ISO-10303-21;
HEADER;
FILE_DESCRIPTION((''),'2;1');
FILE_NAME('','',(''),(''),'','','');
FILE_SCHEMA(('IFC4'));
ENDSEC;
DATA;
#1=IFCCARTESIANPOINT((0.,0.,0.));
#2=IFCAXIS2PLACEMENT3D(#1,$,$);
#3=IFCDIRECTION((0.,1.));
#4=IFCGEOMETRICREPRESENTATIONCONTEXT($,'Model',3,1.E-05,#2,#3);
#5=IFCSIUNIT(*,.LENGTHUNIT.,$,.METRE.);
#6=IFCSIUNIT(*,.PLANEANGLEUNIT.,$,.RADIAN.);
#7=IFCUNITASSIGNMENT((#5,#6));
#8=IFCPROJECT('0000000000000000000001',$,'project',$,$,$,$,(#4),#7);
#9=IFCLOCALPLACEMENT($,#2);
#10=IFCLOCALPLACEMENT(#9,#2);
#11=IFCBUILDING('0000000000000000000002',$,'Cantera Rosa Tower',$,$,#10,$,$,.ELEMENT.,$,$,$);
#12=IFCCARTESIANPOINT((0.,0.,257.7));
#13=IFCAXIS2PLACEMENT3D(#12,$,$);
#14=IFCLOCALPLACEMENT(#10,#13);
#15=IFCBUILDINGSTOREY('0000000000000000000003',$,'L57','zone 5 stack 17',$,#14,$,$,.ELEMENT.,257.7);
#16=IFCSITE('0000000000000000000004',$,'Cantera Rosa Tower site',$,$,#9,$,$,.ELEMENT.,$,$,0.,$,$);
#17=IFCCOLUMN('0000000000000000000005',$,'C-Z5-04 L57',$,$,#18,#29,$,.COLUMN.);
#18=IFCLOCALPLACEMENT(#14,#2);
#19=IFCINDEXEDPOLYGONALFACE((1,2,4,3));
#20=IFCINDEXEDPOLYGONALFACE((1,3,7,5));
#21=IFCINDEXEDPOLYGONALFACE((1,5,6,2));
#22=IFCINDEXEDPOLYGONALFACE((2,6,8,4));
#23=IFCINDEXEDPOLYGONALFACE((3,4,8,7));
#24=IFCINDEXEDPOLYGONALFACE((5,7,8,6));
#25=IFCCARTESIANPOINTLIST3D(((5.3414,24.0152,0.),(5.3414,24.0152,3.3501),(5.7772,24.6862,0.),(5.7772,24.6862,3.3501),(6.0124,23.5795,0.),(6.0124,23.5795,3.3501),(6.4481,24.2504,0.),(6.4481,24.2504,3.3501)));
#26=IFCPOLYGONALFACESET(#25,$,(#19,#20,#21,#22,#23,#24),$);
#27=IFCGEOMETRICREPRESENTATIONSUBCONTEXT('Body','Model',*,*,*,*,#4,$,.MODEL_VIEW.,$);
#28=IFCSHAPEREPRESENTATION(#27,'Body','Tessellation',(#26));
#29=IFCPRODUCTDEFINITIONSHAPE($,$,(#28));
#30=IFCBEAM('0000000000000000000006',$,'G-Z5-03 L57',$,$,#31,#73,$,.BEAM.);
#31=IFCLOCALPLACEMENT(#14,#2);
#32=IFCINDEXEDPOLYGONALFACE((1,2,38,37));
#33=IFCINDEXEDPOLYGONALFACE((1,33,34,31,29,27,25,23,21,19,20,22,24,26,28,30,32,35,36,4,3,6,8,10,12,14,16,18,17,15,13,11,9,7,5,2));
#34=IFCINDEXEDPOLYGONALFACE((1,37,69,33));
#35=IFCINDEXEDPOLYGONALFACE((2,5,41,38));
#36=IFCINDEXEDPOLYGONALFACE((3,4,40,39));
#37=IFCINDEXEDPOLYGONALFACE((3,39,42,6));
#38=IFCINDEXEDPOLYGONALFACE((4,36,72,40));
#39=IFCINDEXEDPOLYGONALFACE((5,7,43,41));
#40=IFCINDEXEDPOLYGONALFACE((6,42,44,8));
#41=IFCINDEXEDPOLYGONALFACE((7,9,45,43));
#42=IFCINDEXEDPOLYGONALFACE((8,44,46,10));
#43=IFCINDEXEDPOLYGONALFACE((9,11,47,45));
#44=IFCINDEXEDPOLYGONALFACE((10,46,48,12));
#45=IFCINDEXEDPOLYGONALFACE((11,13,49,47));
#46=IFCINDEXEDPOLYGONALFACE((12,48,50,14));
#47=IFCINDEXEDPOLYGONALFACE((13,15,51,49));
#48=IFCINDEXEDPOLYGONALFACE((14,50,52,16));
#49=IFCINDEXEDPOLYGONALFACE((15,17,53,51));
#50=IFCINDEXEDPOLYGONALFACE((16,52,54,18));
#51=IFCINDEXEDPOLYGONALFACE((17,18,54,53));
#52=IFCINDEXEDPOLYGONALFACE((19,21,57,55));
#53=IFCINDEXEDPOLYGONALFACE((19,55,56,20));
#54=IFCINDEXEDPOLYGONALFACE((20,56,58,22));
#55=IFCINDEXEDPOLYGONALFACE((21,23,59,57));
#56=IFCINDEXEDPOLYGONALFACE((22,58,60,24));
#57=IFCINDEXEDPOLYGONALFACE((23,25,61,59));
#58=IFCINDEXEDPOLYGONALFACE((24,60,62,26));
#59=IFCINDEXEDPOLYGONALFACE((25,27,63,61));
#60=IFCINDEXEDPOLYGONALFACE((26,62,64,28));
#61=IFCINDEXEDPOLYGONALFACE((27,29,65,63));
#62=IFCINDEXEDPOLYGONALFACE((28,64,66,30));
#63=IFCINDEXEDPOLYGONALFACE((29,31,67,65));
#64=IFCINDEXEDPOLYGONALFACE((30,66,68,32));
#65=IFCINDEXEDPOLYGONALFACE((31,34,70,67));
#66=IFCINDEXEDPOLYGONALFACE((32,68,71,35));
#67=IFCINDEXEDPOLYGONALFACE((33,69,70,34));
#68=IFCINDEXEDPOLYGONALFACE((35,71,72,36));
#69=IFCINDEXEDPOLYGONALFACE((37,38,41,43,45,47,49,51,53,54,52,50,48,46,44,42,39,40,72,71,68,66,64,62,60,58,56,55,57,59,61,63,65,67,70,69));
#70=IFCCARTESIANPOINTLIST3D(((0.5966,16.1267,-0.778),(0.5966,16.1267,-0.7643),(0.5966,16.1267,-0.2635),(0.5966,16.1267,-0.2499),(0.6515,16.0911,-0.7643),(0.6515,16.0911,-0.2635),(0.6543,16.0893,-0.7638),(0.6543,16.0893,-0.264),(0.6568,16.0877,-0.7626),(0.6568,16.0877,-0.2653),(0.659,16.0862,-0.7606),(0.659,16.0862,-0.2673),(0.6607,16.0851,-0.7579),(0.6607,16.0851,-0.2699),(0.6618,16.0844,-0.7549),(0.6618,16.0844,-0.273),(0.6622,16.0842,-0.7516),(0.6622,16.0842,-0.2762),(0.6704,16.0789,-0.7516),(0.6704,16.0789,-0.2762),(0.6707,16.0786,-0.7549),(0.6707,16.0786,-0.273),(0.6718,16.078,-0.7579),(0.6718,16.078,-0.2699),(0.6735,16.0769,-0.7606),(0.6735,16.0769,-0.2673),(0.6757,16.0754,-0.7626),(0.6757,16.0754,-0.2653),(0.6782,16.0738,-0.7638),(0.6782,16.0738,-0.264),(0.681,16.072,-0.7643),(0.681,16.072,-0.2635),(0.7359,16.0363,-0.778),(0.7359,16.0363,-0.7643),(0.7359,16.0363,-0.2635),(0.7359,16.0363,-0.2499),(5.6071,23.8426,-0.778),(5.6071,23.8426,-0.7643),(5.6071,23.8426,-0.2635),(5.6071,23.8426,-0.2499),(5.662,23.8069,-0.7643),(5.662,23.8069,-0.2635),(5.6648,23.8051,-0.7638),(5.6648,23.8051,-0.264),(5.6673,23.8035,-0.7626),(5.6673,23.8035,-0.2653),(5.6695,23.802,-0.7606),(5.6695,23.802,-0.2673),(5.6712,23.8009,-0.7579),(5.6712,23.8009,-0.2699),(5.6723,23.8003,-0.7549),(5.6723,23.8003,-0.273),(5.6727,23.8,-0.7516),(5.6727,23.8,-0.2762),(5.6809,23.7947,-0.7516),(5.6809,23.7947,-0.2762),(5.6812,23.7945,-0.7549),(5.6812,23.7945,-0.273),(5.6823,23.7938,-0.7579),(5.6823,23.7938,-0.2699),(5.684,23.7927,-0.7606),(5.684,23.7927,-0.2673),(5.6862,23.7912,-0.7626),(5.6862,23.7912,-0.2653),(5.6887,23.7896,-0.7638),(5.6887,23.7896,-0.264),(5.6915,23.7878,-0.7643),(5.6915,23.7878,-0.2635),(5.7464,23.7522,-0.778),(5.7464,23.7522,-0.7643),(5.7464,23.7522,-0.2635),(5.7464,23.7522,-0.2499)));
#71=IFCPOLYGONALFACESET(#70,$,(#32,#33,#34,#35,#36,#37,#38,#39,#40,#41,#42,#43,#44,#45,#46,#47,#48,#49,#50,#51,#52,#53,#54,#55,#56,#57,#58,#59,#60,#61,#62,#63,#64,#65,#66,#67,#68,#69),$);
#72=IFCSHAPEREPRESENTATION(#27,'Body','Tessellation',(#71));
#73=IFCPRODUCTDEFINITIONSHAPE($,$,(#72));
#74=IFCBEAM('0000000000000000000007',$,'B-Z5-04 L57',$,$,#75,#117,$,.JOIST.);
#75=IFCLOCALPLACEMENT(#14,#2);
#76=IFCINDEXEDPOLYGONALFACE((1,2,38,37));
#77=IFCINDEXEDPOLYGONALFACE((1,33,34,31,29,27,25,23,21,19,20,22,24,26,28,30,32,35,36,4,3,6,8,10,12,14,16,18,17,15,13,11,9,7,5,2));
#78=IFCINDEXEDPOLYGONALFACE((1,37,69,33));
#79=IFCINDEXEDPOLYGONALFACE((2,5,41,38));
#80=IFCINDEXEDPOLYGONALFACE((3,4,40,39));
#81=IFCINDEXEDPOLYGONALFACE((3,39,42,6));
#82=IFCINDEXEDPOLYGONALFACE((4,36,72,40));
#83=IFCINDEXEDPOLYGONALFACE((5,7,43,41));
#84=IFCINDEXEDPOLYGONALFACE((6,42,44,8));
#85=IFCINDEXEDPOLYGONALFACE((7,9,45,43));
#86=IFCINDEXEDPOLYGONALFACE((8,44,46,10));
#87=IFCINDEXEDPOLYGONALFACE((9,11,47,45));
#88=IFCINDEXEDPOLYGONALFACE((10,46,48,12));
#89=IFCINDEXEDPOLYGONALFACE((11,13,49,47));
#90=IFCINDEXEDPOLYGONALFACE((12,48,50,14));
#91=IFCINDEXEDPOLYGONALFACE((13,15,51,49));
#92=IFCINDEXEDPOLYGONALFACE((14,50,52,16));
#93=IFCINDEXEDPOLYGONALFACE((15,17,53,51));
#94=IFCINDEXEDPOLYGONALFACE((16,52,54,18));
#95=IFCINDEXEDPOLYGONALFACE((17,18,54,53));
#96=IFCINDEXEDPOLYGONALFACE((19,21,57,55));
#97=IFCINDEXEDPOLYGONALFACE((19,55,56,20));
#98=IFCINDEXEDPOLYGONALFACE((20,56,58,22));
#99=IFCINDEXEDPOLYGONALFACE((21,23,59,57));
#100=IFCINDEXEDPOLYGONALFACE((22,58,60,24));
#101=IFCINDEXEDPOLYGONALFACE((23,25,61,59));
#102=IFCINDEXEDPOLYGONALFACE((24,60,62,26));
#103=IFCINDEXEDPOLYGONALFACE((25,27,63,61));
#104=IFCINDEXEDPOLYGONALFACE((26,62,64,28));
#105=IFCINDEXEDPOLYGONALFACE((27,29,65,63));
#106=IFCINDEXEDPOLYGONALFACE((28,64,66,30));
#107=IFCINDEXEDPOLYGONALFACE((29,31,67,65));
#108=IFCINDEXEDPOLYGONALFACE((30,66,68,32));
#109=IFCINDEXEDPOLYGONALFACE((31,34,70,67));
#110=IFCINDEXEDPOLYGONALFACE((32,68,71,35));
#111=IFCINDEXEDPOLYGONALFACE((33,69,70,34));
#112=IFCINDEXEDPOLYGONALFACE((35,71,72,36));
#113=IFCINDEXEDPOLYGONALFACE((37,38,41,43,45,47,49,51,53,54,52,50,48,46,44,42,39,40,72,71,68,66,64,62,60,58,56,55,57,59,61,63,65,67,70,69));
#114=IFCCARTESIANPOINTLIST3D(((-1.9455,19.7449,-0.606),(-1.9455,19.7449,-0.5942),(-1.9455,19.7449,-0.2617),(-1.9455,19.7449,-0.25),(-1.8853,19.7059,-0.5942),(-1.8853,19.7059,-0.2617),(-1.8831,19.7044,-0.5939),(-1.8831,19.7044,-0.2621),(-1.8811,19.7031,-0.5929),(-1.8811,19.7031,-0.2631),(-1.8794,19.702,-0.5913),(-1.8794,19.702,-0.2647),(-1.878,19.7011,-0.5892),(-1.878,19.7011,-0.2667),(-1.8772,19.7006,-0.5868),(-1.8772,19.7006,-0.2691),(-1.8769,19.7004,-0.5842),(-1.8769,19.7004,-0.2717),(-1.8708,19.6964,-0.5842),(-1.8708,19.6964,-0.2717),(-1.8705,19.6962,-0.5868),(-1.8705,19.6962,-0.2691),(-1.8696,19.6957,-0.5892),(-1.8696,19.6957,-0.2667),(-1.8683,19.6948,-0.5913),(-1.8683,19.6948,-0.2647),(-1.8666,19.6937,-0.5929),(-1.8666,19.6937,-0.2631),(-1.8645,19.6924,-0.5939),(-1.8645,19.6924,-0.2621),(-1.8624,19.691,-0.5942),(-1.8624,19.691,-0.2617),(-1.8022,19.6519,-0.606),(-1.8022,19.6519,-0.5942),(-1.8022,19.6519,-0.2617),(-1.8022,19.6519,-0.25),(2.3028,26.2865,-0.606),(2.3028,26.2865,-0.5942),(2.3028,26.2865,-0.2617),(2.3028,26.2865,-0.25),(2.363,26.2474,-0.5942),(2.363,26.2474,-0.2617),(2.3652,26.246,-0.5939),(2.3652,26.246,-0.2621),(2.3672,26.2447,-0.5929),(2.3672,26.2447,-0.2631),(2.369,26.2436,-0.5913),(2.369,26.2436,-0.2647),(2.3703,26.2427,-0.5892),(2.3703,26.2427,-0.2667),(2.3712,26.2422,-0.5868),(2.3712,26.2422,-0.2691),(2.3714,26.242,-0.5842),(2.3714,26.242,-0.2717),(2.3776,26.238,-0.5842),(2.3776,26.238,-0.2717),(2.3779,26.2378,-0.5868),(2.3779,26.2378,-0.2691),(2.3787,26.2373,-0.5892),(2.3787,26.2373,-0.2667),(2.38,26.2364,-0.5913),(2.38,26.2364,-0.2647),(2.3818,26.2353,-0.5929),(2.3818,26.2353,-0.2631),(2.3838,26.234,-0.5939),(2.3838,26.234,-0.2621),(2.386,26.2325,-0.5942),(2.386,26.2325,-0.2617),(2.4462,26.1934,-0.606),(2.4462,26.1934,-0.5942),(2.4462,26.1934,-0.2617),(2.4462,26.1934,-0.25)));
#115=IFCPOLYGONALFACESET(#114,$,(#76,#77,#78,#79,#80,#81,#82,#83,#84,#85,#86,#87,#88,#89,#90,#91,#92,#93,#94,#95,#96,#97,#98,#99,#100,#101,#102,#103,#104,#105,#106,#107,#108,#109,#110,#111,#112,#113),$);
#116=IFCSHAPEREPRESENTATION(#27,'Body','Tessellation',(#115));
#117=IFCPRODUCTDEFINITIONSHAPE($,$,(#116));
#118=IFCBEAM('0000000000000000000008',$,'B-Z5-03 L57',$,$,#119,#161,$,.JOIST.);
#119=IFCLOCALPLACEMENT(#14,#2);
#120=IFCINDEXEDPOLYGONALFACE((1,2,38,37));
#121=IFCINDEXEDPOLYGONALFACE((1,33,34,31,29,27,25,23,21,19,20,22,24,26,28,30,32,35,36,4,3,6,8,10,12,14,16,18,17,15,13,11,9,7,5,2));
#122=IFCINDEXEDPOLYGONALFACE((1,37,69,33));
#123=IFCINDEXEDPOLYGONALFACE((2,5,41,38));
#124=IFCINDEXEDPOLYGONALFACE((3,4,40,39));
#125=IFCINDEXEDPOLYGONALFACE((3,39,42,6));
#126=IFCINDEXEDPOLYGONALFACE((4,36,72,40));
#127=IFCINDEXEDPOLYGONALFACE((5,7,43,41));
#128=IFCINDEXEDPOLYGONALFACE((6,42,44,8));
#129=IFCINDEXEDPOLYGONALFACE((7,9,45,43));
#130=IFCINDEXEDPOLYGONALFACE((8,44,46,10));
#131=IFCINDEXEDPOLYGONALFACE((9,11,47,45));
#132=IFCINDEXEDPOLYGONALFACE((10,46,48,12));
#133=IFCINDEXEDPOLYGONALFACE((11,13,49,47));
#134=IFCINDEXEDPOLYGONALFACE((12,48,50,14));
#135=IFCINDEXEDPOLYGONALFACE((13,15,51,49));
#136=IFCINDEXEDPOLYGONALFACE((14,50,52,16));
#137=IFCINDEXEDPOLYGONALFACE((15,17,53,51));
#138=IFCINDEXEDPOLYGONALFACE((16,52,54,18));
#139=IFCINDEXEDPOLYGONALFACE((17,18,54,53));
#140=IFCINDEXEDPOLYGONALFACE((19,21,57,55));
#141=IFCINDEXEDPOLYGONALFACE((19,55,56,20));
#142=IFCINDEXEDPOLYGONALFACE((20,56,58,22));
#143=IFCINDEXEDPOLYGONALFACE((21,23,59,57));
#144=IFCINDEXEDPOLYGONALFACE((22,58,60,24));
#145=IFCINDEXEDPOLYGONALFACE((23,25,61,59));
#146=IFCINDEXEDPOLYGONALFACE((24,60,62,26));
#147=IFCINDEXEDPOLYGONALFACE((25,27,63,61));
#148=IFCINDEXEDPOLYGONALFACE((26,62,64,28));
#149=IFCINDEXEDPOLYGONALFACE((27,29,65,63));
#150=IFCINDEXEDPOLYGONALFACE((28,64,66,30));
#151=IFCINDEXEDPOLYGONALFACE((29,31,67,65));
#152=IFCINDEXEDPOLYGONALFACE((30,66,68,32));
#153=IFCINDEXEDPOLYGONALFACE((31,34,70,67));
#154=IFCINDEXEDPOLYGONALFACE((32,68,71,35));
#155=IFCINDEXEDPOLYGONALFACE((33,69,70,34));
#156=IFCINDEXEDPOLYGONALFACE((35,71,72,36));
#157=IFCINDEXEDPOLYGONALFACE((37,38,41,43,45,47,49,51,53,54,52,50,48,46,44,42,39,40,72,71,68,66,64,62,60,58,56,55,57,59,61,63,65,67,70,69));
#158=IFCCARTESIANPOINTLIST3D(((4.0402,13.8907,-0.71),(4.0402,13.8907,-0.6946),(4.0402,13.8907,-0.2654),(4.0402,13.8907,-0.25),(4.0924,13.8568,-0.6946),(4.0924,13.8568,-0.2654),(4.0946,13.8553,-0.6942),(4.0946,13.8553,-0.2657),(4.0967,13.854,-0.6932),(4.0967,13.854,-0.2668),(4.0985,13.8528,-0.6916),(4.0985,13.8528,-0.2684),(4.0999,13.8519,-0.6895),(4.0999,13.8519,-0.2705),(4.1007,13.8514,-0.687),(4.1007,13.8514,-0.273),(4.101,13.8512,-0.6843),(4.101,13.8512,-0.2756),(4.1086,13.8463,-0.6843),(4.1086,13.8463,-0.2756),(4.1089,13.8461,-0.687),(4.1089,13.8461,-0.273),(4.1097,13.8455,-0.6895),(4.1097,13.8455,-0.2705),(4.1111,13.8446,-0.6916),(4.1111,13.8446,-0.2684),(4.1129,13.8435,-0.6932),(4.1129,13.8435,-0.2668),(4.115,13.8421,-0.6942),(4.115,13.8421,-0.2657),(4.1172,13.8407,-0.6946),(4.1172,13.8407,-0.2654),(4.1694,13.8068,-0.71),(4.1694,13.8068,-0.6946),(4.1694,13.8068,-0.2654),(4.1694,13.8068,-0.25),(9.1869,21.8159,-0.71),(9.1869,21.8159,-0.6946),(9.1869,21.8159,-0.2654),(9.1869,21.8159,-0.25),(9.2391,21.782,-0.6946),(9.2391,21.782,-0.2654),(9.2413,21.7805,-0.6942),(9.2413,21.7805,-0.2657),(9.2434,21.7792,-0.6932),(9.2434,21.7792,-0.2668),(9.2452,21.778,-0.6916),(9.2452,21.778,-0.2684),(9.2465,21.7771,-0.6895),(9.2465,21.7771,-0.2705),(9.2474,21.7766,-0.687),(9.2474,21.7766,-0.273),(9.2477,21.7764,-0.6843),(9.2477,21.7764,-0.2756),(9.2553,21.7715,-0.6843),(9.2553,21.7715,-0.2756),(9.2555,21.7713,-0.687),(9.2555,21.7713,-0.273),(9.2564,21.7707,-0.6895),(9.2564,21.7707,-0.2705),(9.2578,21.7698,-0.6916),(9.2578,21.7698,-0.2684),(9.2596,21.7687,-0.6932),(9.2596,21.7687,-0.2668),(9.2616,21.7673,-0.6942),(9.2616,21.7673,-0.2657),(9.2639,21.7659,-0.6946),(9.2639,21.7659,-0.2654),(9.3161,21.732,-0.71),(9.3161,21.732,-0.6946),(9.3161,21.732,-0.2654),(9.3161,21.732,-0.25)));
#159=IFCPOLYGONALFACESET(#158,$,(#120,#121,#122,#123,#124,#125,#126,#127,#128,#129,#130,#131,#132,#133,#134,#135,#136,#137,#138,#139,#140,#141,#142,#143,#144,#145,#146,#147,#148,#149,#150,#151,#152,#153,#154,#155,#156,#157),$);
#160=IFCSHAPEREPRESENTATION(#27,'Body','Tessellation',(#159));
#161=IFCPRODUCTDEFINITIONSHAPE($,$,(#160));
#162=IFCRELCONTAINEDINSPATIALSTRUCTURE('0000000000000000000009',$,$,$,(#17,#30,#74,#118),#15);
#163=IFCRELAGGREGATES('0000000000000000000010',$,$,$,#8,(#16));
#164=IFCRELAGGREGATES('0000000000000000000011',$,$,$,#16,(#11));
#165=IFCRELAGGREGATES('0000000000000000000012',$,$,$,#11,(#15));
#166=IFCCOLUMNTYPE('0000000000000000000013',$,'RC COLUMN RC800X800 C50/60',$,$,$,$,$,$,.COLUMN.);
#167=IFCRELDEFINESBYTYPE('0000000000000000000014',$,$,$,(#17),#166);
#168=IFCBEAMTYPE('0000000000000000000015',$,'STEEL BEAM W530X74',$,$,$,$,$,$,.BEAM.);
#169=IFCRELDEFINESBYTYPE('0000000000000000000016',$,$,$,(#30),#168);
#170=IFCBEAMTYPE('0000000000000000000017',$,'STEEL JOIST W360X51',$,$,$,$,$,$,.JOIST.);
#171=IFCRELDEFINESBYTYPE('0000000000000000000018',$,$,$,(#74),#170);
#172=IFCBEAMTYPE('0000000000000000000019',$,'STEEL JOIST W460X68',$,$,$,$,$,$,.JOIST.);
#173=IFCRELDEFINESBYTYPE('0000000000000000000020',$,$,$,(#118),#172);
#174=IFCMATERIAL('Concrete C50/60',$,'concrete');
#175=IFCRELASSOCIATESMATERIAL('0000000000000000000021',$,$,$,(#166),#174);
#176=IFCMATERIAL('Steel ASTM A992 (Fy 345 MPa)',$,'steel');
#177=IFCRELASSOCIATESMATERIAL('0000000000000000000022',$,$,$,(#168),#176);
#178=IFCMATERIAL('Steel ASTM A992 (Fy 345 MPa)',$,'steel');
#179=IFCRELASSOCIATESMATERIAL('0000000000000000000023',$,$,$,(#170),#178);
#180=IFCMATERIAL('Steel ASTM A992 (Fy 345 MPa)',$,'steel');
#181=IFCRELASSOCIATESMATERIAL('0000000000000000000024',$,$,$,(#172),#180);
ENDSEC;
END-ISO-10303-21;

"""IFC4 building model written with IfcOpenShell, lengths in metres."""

from ifc_helpers import new_model, si_unit, direction, frame, origin, origin_2d, place, context, subcontext, project, spatial, rectangle, i_section, extrude, material, material_profile, profile_set, type_object, element, save


model = new_model("IFC4")

# Units and contexts
model_context = context("Model", 3, precision=1e-05, world=origin(), true_north=direction((0.0, 1.0)))
body_context = subcontext(model_context, "Body", "Model", "MODEL_VIEW")
ifc_project = project(units=[si_unit("LENGTHUNIT", "METRE"), si_unit("PLANEANGLEUNIT", "RADIAN")], contexts=[model_context])

# Site, building, storey
site_placement = place(None, origin())
site = spatial("IfcSite", under=ifc_project, at=site_placement, Name="Cantera Rosa Tower site", CompositionType="ELEMENT", RefElevation=0.0)
building_placement = place(site_placement, origin())
building = spatial("IfcBuilding", under=site, at=building_placement, Name="Cantera Rosa Tower", CompositionType="ELEMENT")
storey_placement = place(building_placement, frame((0.0, 0.0, 257.7)))
storey = spatial("IfcBuildingStorey", under=building, at=storey_placement, Name="L57", Description="zone 5 stack 17", CompositionType="ELEMENT", Elevation=257.7)

# Column
ifc_material_1 = material(Name="Concrete C50/60", Category="concrete")
ifc_material_profile_1 = material_profile(ifc_material_1, rectangle(XDim=0.8, YDim=0.8, at=origin_2d()), Name="RC COLUMN RC800X800 C50/60")
ifc_profile_set_1 = profile_set([ifc_material_profile_1], Name="Concrete C50/60")
column_type = type_object("IfcColumnType", Name="RC COLUMN RC800X800 C50/60", PredefinedType="COLUMN", material=ifc_profile_set_1)
column_placement = place(storey_placement, frame((5.8948, 24.1328, 0.0), z_axis=(0.0, 0.0, 1.0), x_axis=(0.544639, 0.838671, 0.0)))
element("IfcColumn", 1, at=column_placement, inside=storey, type_object=column_type, Name="C-Z5-04 L57", PredefinedType="COLUMN", context=body_context, shape_type="SweptSolid", body=[
    extrude(rectangle(XDim=0.8, YDim=0.8, at=origin_2d()), origin(), (0.0, 0.0, 1.0), 3.3501),
])

# Beams
ifc_material_2 = material(Name="Steel ASTM A992 (Fy 345 MPa)", Category="steel")
ifc_material_profile_2 = material_profile(ifc_material_2, i_section(OverallWidth=0.166, OverallDepth=0.5281, WebThickness=0.0098, FlangeThickness=0.0137, FilletRadius=0.0127, at=origin_2d()), Name="W530X74")
ifc_profile_set_2 = profile_set([ifc_material_profile_2], Name="Steel ASTM A992 (Fy 345 MPa)")
beam_type_1 = type_object("IfcBeamType", Name="STEEL BEAM W530X74", PredefinedType="BEAM", material=ifc_profile_set_2)
beam_1_placement = place(storey_placement, frame((5.6768, 23.7974, -0.5139), z_axis=(-0.544623, -0.838681, 0.0), x_axis=(0.838681, -0.544623, 0.0)))
element("IfcBeam", 2, at=beam_1_placement, inside=storey, type_object=beam_type_1, Name="G-Z5-03 L57", PredefinedType="BEAM", context=body_context, shape_type="SweptSolid", body=[
    extrude(i_section(OverallWidth=0.166, OverallDepth=0.5281, WebThickness=0.0098, FlangeThickness=0.0137, FilletRadius=0.0127, at=origin_2d()), origin(), (0.0, 0.0, 1.0), 9.2),
])
ifc_material_3 = material(Name="Steel ASTM A992 (Fy 345 MPa)", Category="steel")
ifc_material_profile_3 = material_profile(ifc_material_3, i_section(OverallWidth=0.1709, OverallDepth=0.356, WebThickness=0.0073, FlangeThickness=0.0117, FilletRadius=0.01, at=origin_2d()), Name="W360X51")
ifc_profile_set_3 = profile_set([ifc_material_profile_3], Name="Steel ASTM A992 (Fy 345 MPa)")
beam_type_2 = type_object("IfcBeamType", Name="STEEL JOIST W360X51", PredefinedType="JOIST", material=ifc_profile_set_3)
beam_2_placement = place(storey_placement, frame((2.3745, 26.24, -0.428), z_axis=(-0.544656, -0.83866, 0.0), x_axis=(0.83866, -0.544656, 0.0)))
element("IfcBeam", 3, at=beam_2_placement, inside=storey, type_object=beam_type_2, Name="B-Z5-04 L57", PredefinedType="JOIST", context=body_context, shape_type="SweptSolid", body=[
    extrude(i_section(OverallWidth=0.1709, OverallDepth=0.356, WebThickness=0.0073, FlangeThickness=0.0117, FilletRadius=0.01, at=origin_2d()), origin(), (0.0, 0.0, 1.0), 7.8),
])
ifc_material_4 = material(Name="Steel ASTM A992 (Fy 345 MPa)", Category="steel")
ifc_material_profile_4 = material_profile(ifc_material_4, i_section(OverallWidth=0.1541, OverallDepth=0.46, WebThickness=0.009, FlangeThickness=0.0154, FilletRadius=0.0103, at=origin_2d()), Name="W460X68")
ifc_profile_set_4 = profile_set([ifc_material_profile_4], Name="Steel ASTM A992 (Fy 345 MPa)")
beam_type_3 = type_object("IfcBeamType", Name="STEEL JOIST W460X68", PredefinedType="JOIST", material=ifc_profile_set_4)
beam_3_placement = place(storey_placement, frame((9.2515, 21.7739, -0.48), z_axis=(-0.544638, -0.838671, 0.0), x_axis=(0.838671, -0.544638, 0.0)))
element("IfcBeam", 4, at=beam_3_placement, inside=storey, type_object=beam_type_3, Name="B-Z5-03 L57", PredefinedType="JOIST", context=body_context, shape_type="SweptSolid", body=[
    extrude(i_section(OverallWidth=0.1541, OverallDepth=0.46, WebThickness=0.009, FlangeThickness=0.0154, FilletRadius=0.0103, at=origin_2d()), origin(), (0.0, 0.0, 1.0), 9.4497),
])

save(model, "model.ifc")
